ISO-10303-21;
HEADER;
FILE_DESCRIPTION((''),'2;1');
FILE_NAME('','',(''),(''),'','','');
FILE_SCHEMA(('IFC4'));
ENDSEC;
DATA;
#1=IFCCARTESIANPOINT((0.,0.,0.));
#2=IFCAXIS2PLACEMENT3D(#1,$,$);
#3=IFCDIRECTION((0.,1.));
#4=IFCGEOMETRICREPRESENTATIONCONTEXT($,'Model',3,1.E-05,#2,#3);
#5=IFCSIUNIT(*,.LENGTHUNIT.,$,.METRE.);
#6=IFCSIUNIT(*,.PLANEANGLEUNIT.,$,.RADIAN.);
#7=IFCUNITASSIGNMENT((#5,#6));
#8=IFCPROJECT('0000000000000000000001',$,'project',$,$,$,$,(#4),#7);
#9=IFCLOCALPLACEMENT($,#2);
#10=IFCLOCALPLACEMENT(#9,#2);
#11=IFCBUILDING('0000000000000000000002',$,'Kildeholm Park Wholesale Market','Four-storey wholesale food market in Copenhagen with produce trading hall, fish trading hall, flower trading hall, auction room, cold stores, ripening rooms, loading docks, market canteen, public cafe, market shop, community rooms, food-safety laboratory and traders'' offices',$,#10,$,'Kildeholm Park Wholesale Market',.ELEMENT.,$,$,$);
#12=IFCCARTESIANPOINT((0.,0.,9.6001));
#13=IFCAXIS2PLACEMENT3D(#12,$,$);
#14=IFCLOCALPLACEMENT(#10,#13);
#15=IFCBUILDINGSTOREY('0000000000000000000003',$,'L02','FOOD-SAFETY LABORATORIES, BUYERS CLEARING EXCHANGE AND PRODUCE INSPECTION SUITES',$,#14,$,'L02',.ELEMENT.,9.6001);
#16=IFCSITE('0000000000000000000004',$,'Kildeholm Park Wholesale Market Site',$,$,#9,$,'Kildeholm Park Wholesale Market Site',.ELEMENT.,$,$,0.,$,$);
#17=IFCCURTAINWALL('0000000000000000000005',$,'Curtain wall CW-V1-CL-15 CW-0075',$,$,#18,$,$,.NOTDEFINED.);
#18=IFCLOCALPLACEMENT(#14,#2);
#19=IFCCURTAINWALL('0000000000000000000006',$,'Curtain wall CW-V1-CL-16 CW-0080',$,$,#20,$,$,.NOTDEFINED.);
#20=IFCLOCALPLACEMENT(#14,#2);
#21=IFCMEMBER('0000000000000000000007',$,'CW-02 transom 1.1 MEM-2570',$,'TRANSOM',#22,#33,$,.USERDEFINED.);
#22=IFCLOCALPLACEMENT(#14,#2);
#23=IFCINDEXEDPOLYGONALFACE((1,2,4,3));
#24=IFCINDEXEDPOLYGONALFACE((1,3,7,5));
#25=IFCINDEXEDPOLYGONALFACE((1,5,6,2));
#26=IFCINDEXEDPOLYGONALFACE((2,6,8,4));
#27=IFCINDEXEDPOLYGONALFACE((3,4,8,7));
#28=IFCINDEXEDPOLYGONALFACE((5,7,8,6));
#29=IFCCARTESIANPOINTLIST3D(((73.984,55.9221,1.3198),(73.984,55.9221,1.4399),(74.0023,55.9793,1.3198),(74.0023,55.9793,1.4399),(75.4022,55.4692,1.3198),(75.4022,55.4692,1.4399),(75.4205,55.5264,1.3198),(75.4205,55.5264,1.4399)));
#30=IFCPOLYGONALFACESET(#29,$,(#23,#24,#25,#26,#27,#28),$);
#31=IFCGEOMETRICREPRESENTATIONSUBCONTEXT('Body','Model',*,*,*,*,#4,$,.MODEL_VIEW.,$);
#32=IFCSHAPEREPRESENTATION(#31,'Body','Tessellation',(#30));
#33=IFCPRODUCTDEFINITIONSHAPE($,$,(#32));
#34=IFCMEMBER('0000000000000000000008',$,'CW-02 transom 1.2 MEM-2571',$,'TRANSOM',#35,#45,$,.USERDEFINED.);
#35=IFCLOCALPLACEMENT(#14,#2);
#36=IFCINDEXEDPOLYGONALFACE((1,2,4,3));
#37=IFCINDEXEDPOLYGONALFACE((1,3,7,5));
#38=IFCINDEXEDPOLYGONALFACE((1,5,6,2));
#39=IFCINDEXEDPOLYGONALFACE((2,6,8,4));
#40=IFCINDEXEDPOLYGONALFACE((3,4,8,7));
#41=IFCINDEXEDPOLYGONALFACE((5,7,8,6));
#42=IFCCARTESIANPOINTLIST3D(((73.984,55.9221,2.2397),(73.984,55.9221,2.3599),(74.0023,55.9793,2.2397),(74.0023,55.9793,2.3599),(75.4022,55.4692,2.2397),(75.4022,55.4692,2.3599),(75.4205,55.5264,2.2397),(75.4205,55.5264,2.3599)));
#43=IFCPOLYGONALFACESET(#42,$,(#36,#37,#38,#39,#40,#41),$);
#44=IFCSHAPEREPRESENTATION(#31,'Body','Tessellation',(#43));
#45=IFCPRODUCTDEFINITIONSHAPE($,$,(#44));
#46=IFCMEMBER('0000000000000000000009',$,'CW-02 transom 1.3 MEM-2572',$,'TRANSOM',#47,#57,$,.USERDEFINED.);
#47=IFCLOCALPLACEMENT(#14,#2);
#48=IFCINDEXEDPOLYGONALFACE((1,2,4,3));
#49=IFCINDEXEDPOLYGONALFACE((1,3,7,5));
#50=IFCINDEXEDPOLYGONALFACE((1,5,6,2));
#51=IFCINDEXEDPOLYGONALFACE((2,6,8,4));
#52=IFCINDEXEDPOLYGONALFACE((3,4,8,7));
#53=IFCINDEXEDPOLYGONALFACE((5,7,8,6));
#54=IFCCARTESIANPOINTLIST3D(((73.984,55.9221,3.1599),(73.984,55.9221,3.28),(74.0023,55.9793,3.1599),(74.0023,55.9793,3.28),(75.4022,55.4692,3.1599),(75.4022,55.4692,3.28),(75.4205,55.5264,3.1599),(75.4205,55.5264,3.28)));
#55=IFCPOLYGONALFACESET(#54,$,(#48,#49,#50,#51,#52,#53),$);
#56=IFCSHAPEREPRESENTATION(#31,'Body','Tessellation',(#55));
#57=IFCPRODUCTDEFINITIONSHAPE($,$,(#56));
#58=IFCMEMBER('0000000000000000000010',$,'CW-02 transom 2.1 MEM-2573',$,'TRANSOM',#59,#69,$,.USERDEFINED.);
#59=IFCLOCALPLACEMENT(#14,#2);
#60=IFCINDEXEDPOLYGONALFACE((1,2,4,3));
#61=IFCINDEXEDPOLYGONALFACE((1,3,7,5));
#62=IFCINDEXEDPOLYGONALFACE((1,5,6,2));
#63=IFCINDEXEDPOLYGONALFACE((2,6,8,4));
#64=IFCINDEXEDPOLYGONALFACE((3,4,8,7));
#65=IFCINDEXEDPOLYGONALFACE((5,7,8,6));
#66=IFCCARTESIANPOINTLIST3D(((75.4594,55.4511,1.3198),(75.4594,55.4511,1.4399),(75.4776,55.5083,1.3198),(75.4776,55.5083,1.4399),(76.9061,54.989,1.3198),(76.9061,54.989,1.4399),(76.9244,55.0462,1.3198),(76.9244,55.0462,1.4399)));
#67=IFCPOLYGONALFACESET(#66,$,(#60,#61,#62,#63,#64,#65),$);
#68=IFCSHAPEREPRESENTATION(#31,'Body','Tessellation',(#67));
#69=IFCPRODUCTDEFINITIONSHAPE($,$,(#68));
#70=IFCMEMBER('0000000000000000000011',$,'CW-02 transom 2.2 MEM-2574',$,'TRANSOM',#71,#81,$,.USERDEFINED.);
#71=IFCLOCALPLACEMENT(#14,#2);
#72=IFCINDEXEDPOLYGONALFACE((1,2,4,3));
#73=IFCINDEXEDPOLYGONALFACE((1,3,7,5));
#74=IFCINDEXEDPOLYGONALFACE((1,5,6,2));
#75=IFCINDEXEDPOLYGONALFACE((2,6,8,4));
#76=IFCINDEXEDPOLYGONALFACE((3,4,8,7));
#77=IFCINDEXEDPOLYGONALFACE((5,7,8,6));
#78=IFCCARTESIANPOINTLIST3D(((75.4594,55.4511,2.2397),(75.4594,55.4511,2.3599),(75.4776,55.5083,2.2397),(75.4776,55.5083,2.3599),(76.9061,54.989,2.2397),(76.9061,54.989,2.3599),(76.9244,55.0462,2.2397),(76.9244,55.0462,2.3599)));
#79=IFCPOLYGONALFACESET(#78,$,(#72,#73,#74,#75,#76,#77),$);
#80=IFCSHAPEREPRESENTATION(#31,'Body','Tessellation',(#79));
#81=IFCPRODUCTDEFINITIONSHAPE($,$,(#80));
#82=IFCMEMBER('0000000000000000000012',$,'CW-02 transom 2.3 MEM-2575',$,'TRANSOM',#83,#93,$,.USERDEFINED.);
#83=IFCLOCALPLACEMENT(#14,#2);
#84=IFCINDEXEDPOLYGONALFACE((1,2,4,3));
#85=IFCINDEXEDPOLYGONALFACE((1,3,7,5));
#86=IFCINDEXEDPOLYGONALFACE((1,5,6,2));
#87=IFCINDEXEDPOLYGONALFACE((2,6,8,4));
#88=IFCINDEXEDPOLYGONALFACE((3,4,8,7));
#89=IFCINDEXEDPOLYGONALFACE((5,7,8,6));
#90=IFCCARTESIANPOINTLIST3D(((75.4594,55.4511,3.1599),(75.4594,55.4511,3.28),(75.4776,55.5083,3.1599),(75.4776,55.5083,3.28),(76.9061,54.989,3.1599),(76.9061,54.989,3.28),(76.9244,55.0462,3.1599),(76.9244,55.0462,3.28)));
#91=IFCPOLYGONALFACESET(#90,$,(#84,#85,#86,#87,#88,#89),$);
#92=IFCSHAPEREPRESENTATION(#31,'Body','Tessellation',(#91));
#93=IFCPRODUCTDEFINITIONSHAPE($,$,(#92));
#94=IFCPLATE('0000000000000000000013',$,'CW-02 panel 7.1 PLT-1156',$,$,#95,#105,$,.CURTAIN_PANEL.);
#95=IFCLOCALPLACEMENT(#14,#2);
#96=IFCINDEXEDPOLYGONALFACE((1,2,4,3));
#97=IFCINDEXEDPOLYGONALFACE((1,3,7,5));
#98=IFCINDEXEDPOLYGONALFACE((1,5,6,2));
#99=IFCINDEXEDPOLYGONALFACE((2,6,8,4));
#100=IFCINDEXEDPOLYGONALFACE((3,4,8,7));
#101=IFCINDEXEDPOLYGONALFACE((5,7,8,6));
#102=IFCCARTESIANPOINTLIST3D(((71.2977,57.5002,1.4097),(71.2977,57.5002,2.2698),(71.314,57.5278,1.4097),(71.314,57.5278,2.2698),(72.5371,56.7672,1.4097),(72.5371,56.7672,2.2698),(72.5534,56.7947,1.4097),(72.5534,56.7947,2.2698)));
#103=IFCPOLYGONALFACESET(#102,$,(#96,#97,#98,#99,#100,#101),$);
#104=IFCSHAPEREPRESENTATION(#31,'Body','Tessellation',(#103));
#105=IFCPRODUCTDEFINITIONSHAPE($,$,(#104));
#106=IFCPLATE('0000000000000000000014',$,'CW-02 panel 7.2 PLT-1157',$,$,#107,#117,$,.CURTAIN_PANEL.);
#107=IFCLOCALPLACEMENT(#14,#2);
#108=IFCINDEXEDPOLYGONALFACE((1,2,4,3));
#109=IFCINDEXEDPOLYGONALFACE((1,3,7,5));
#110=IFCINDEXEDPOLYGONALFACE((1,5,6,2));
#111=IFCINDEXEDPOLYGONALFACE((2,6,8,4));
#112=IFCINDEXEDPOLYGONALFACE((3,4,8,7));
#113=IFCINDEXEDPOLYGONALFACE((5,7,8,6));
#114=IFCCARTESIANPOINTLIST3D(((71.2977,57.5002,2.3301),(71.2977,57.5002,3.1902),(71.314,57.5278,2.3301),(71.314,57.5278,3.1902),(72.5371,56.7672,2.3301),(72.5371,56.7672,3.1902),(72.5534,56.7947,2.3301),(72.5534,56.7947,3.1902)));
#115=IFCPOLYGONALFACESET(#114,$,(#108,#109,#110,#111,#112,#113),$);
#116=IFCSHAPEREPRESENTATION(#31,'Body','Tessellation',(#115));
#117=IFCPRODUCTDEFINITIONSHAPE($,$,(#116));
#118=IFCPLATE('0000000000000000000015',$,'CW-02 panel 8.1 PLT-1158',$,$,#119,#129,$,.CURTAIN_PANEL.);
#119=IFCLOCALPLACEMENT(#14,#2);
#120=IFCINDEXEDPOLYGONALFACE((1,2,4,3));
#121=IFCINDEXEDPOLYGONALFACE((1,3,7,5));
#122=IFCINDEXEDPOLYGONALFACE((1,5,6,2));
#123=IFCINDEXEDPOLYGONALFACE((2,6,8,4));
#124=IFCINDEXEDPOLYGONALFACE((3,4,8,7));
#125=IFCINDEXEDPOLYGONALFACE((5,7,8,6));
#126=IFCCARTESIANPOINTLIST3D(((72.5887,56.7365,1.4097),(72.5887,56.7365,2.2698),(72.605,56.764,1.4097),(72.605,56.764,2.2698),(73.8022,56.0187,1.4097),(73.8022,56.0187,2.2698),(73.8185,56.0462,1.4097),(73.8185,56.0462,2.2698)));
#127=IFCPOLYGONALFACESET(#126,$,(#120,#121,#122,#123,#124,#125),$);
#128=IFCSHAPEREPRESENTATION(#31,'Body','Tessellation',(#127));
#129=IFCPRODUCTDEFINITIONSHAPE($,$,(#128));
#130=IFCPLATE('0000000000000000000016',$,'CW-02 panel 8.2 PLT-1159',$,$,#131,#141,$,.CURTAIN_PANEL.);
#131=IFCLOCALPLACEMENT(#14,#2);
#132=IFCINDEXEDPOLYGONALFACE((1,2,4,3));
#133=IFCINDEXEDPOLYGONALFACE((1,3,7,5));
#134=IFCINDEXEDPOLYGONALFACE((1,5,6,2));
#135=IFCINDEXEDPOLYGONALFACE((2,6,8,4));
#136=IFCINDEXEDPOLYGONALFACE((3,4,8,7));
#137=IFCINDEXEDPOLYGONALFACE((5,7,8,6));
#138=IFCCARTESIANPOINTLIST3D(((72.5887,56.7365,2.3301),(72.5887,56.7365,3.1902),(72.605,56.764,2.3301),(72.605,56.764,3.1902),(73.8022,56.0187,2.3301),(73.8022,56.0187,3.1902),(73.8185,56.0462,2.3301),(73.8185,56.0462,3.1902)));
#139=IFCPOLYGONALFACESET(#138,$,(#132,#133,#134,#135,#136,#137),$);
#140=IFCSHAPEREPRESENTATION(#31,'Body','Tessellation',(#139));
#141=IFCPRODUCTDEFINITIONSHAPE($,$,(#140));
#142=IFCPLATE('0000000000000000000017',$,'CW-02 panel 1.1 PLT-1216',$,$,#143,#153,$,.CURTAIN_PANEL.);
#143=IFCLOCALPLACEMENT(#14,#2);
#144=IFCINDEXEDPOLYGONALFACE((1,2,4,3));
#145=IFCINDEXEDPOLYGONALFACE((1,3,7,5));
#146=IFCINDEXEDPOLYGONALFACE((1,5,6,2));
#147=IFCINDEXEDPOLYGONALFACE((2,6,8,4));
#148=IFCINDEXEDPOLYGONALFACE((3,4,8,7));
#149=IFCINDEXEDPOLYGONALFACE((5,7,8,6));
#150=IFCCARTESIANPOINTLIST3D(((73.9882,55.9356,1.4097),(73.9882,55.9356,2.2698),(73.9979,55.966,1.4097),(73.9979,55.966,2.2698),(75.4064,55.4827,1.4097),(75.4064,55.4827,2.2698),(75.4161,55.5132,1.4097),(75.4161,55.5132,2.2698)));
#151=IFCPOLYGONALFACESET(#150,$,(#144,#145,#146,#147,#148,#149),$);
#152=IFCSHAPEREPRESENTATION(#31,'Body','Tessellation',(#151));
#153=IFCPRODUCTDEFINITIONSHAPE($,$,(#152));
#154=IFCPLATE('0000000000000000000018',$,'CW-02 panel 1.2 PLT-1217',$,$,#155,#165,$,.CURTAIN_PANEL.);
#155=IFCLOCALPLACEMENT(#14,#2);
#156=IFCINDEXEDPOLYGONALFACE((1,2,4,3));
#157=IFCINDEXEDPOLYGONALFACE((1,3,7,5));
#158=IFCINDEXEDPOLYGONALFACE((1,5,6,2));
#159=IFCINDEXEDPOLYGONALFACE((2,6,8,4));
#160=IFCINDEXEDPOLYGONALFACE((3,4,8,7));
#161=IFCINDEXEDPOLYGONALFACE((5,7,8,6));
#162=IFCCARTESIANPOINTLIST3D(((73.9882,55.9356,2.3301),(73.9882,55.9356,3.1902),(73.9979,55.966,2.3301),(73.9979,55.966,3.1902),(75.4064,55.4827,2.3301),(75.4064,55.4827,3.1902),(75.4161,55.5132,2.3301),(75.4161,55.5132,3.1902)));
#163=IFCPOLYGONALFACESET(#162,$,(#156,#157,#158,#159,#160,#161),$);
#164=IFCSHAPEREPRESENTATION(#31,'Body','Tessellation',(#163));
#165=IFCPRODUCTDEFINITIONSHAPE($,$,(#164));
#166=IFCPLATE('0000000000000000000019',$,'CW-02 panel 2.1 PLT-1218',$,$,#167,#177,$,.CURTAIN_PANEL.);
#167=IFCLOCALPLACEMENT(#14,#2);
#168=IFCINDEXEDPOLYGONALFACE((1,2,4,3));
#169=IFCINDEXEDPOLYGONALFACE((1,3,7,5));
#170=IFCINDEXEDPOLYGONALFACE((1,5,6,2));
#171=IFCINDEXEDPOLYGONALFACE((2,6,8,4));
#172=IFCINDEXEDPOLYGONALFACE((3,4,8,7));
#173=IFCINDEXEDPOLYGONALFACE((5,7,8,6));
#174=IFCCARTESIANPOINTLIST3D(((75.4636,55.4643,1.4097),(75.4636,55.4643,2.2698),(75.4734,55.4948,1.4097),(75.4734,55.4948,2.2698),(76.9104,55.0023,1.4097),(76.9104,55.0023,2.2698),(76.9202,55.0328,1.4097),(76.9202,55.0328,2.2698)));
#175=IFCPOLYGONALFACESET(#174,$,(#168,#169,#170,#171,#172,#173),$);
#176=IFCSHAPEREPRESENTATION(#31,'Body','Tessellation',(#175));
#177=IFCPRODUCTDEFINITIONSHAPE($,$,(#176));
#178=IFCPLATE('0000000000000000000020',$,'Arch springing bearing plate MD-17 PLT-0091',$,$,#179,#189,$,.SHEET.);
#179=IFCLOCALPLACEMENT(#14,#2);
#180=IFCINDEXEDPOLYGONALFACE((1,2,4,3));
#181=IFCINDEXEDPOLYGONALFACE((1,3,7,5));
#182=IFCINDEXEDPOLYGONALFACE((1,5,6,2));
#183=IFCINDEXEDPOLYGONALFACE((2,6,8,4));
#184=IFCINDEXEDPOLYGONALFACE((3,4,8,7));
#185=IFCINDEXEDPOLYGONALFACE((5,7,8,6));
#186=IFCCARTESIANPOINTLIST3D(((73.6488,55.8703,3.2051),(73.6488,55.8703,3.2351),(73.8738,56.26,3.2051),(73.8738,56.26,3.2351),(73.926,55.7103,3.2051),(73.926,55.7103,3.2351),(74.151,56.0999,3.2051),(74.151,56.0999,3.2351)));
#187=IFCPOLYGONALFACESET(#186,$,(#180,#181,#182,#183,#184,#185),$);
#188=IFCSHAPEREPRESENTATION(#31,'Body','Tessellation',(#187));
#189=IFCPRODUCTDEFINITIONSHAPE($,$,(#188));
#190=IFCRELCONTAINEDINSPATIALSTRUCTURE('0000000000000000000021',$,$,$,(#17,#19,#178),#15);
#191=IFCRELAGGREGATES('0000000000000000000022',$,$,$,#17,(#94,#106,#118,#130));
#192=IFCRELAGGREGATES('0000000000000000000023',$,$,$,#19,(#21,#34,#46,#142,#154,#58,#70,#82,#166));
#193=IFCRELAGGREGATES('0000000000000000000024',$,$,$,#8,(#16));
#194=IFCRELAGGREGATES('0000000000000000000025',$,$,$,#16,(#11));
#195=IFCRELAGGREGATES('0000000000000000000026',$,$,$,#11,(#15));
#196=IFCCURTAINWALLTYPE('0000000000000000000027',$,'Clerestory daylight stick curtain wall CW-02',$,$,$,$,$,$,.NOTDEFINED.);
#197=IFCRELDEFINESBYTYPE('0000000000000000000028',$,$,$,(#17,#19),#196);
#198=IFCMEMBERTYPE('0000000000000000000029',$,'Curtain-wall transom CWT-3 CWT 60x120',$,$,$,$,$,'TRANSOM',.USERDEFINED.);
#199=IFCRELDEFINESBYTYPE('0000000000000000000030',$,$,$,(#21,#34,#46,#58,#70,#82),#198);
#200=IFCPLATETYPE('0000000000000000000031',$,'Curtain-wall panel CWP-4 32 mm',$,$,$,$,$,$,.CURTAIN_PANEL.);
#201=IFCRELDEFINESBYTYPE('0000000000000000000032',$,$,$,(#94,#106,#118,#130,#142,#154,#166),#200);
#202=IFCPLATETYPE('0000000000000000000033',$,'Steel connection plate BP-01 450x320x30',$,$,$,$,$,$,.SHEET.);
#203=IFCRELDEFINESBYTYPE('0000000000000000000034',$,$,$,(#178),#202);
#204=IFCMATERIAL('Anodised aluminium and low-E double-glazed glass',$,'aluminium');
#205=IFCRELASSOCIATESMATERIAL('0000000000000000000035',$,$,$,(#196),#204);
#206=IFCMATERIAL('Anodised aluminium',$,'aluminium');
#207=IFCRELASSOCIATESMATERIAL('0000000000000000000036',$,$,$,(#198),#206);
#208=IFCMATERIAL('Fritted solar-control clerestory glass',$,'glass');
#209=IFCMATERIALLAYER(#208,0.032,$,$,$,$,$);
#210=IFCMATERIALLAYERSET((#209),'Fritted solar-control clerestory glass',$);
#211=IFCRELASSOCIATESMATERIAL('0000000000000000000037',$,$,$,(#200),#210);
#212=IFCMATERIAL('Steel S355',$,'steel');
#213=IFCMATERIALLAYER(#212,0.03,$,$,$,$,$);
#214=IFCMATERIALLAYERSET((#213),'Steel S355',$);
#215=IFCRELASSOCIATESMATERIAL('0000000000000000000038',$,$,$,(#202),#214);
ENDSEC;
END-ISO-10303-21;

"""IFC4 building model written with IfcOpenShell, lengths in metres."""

from ifc_helpers import new_model, si_unit, direction, frame, origin, origin_2d, place, context, subcontext, project, spatial, rectangle, extrude, material, layer, layer_set, material_profile, profile_set, type_object, element, aggregate, save


model = new_model("IFC4")

# Units and contexts
model_context = context("Model", 3, precision=1e-05, world=origin(), true_north=direction((0.0, 1.0)))
body_context = subcontext(model_context, "Body", "Model", "MODEL_VIEW")
ifc_project = project(units=[si_unit("LENGTHUNIT", "METRE"), si_unit("PLANEANGLEUNIT", "RADIAN")], contexts=[model_context])

# Site, building, storey
site_placement = place(None, origin())
site = spatial("IfcSite", under=ifc_project, at=site_placement, Name="Kildeholm Park Wholesale Market Site", LongName="Kildeholm Park Wholesale Market Site", CompositionType="ELEMENT", RefElevation=0.0)
building_placement = place(site_placement, origin())
building = spatial("IfcBuilding", under=site, at=building_placement, Name="Kildeholm Park Wholesale Market", Description="Four-storey wholesale food market in Copenhagen with produce trading hall, fish trading hall, flower trading hall, auction room, cold stores, ripening rooms, loading docks, market canteen, public cafe, market shop, community rooms, food-safety laboratory and traders' offices", LongName="Kildeholm Park Wholesale Market", CompositionType="ELEMENT")
storey_placement = place(building_placement, frame((0.0, 0.0, 9.6001)))
storey = spatial("IfcBuildingStorey", under=building, at=storey_placement, Name="L02", Description="FOOD-SAFETY LABORATORIES, BUYERS CLEARING EXCHANGE AND PRODUCE INSPECTION SUITES", LongName="L02", CompositionType="ELEMENT", Elevation=9.6001)

# Shared definitions
ifc_material_1 = material(Name="Steel S355", Category="steel")

# Curtain walls
ifc_material_2 = material(Name="Anodised aluminium and low-E double-glazed glass", Category="aluminium")
curtain_wall_type = type_object("IfcCurtainWallType", Name="Clerestory daylight stick curtain wall CW-02", PredefinedType="NOTDEFINED", material=ifc_material_2)
curtain_wall_1_placement = place(storey_placement, origin())
curtain_wall_1 = element("IfcCurtainWall", 1, at=curtain_wall_1_placement, inside=storey, type_object=curtain_wall_type, Name="Curtain wall CW-V1-CL-15 CW-0075", PredefinedType="NOTDEFINED")
ifc_material_3 = material(Name="Anodised aluminium", Category="aluminium")
curtain_wall_2_placement = place(storey_placement, origin())
curtain_wall_2 = element("IfcCurtainWall", 2, at=curtain_wall_2_placement, inside=storey, type_object=curtain_wall_type, Name="Curtain wall CW-V1-CL-16 CW-0080", PredefinedType="NOTDEFINED")

# Members
ifc_material_profile_1 = material_profile(ifc_material_3, rectangle(XDim=0.0601, YDim=0.1201, at=origin_2d()), Name="CWT 60x120")
ifc_profile_set_1 = profile_set([ifc_material_profile_1], Name="Anodised aluminium")
member_type_1 = type_object("IfcMemberType", Name="Curtain-wall transom CWT-3 CWT 60x120", ElementType="TRANSOM", PredefinedType="USERDEFINED", material=ifc_profile_set_1)
member_1_placement = place(storey_placement, frame((73.9932, 55.9507, 1.3799), z_axis=(0.952609, -0.304198, 0.0), x_axis=(0.304198, 0.952609, 0.0)))
member_1 = element("IfcMember", 3, at=member_1_placement, type_object=member_type_1, Name="CW-02 transom 1.1 MEM-2570", ObjectType="TRANSOM", PredefinedType="USERDEFINED", context=body_context, shape_type="SweptSolid", body=[
    extrude(rectangle(XDim=0.0601, YDim=0.1201, at=origin_2d()), origin(), (0.0, 0.0, 1.0), 1.4888),
])
member_2_placement = place(storey_placement, frame((73.9932, 55.9507, 2.2998), z_axis=(0.952609, -0.304198, 0.0), x_axis=(0.304198, 0.952609, 0.0)))
member_2 = element("IfcMember", 4, at=member_2_placement, type_object=member_type_1, Name="CW-02 transom 1.2 MEM-2571", ObjectType="TRANSOM", PredefinedType="USERDEFINED", context=body_context, shape_type="SweptSolid", body=[
    extrude(rectangle(XDim=0.0601, YDim=0.1201, at=origin_2d()), origin(), (0.0, 0.0, 1.0), 1.4888),
])
member_3_placement = place(storey_placement, frame((73.9932, 55.9507, 3.22), z_axis=(0.952609, -0.304198, 0.0), x_axis=(0.304198, 0.952609, 0.0)))
member_3 = element("IfcMember", 5, at=member_3_placement, type_object=member_type_1, Name="CW-02 transom 1.3 MEM-2572", ObjectType="TRANSOM", PredefinedType="USERDEFINED", context=body_context, shape_type="SweptSolid", body=[
    extrude(rectangle(XDim=0.0601, YDim=0.1201, at=origin_2d()), origin(), (0.0, 0.0, 1.0), 1.4888),
])
member_4_placement = place(storey_placement, frame((75.4685, 55.4797, 1.3799), z_axis=(0.952579, -0.304292, 0.0), x_axis=(0.304292, 0.952579, 0.0)))
member_4 = element("IfcMember", 6, at=member_4_placement, type_object=member_type_1, Name="CW-02 transom 2.1 MEM-2573", ObjectType="TRANSOM", PredefinedType="USERDEFINED", context=body_context, shape_type="SweptSolid", body=[
    extrude(rectangle(XDim=0.0601, YDim=0.1201, at=origin_2d()), origin(), (0.0, 0.0, 1.0), 1.5188),
])
member_5_placement = place(storey_placement, frame((75.4685, 55.4797, 2.2998), z_axis=(0.952579, -0.304292, 0.0), x_axis=(0.304292, 0.952579, 0.0)))
member_5 = element("IfcMember", 7, at=member_5_placement, type_object=member_type_1, Name="CW-02 transom 2.2 MEM-2574", ObjectType="TRANSOM", PredefinedType="USERDEFINED", context=body_context, shape_type="SweptSolid", body=[
    extrude(rectangle(XDim=0.0601, YDim=0.1201, at=origin_2d()), origin(), (0.0, 0.0, 1.0), 1.5188),
])
member_6_placement = place(storey_placement, frame((75.4685, 55.4797, 3.22), z_axis=(0.952579, -0.304292, 0.0), x_axis=(0.304292, 0.952579, 0.0)))
member_6 = element("IfcMember", 8, at=member_6_placement, type_object=member_type_1, Name="CW-02 transom 2.3 MEM-2575", ObjectType="TRANSOM", PredefinedType="USERDEFINED", context=body_context, shape_type="SweptSolid", body=[
    extrude(rectangle(XDim=0.0601, YDim=0.1201, at=origin_2d()), origin(), (0.0, 0.0, 1.0), 1.5188),
])

# Plates
ifc_material_4 = material(Name="Fritted solar-control clerestory glass", Category="glass")
ifc_layer_1 = layer(ifc_material_4, 0.032)
ifc_layer_set_1 = layer_set([ifc_layer_1], Name="Fritted solar-control clerestory glass")
plate_type_1 = type_object("IfcPlateType", Name="Curtain-wall panel CWP-4 32 mm", PredefinedType="CURTAIN_PANEL", material=ifc_layer_set_1)
plate_1_placement = place(storey_placement, frame((71.9255, 57.1475, 1.4097), z_axis=(0.0, 0.0, 1.0), x_axis=(0.860704, -0.509105, 0.0)))
plate_1 = element("IfcPlate", 9, at=plate_1_placement, type_object=plate_type_1, Name="CW-02 panel 7.1 PLT-1156", PredefinedType="CURTAIN_PANEL", context=body_context, shape_type="SweptSolid", body=[
    extrude(rectangle(XDim=1.4399, YDim=0.032, at=origin_2d()), origin(), (0.0, 0.0, 1.0), 0.8601),
])
plate_2_placement = place(storey_placement, frame((71.9255, 57.1475, 2.3301), z_axis=(0.0, 0.0, 1.0), x_axis=(0.860704, -0.509105, 0.0)))
plate_2 = element("IfcPlate", 10, at=plate_2_placement, type_object=plate_type_1, Name="CW-02 panel 7.2 PLT-1157", PredefinedType="CURTAIN_PANEL", context=body_context, shape_type="SweptSolid", body=[
    extrude(rectangle(XDim=1.4399, YDim=0.032, at=origin_2d()), origin(), (0.0, 0.0, 1.0), 0.8601),
])
plate_3_placement = place(storey_placement, frame((73.2036, 56.3914, 1.4097), z_axis=(0.0, 0.0, 1.0), x_axis=(0.860704, -0.509105, 0.0)))
plate_3 = element("IfcPlate", 11, at=plate_3_placement, type_object=plate_type_1, Name="CW-02 panel 8.1 PLT-1158", PredefinedType="CURTAIN_PANEL", context=body_context, shape_type="SweptSolid", body=[
    extrude(rectangle(XDim=1.4099, YDim=0.032, at=origin_2d()), origin(), (0.0, 0.0, 1.0), 0.8601),
])
plate_4_placement = place(storey_placement, frame((73.2036, 56.3914, 2.3301), z_axis=(0.0, 0.0, 1.0), x_axis=(0.860704, -0.509105, 0.0)))
plate_4 = element("IfcPlate", 12, at=plate_4_placement, type_object=plate_type_1, Name="CW-02 panel 8.2 PLT-1159", PredefinedType="CURTAIN_PANEL", context=body_context, shape_type="SweptSolid", body=[
    extrude(rectangle(XDim=1.4099, YDim=0.032, at=origin_2d()), origin(), (0.0, 0.0, 1.0), 0.8601),
])
aggregate(curtain_wall_1, [plate_1, plate_2, plate_3, plate_4])
plate_5_placement = place(storey_placement, frame((74.7021, 55.7244, 1.4097), z_axis=(0.0, 0.0, 1.0), x_axis=(0.952606, -0.304207, 0.0)))
plate_5 = element("IfcPlate", 13, at=plate_5_placement, type_object=plate_type_1, Name="CW-02 panel 1.1 PLT-1216", PredefinedType="CURTAIN_PANEL", context=body_context, shape_type="SweptSolid", body=[
    extrude(rectangle(XDim=1.4888, YDim=0.032, at=origin_2d()), origin(), (0.0, 0.0, 1.0), 0.8601),
])
plate_6_placement = place(storey_placement, frame((74.7021, 55.7244, 2.3301), z_axis=(0.0, 0.0, 1.0), x_axis=(0.952606, -0.304207, 0.0)))
plate_6 = element("IfcPlate", 14, at=plate_6_placement, type_object=plate_type_1, Name="CW-02 panel 1.2 PLT-1217", PredefinedType="CURTAIN_PANEL", context=body_context, shape_type="SweptSolid", body=[
    extrude(rectangle(XDim=1.4888, YDim=0.032, at=origin_2d()), origin(), (0.0, 0.0, 1.0), 0.8601),
])
plate_7_placement = place(storey_placement, frame((76.1919, 55.2485, 1.4097), z_axis=(0.0, 0.0, 1.0), x_axis=(0.952606, -0.304207, 0.0)))
plate_7 = element("IfcPlate", 15, at=plate_7_placement, type_object=plate_type_1, Name="CW-02 panel 2.1 PLT-1218", PredefinedType="CURTAIN_PANEL", context=body_context, shape_type="SweptSolid", body=[
    extrude(rectangle(XDim=1.5188, YDim=0.032, at=origin_2d()), origin(), (0.0, 0.0, 1.0), 0.8601),
])
aggregate(curtain_wall_2, [member_1, member_2, member_3, plate_5, plate_6, member_4, member_5, member_6, plate_7])
ifc_layer_2 = layer(ifc_material_1, 0.03)
ifc_layer_set_2 = layer_set([ifc_layer_2], Name="Steel S355")
plate_type_2 = type_object("IfcPlateType", Name="Steel connection plate BP-01 450x320x30", PredefinedType="SHEET", material=ifc_layer_set_2)
plate_8_placement = place(storey_placement, frame((73.8999, 55.9851, 3.2051), z_axis=(0.0, 0.0, 1.0), x_axis=(-0.5, -0.866025, 0.0)))
element("IfcPlate", 16, at=plate_8_placement, inside=storey, type_object=plate_type_2, Name="Arch springing bearing plate MD-17 PLT-0091", PredefinedType="SHEET", context=body_context, shape_type="SweptSolid", body=[
    extrude(rectangle(XDim=0.45, YDim=0.3201, at=origin_2d()), origin(), (0.0, 0.0, 1.0), 0.03),
])

save(model, "model.ifc")
